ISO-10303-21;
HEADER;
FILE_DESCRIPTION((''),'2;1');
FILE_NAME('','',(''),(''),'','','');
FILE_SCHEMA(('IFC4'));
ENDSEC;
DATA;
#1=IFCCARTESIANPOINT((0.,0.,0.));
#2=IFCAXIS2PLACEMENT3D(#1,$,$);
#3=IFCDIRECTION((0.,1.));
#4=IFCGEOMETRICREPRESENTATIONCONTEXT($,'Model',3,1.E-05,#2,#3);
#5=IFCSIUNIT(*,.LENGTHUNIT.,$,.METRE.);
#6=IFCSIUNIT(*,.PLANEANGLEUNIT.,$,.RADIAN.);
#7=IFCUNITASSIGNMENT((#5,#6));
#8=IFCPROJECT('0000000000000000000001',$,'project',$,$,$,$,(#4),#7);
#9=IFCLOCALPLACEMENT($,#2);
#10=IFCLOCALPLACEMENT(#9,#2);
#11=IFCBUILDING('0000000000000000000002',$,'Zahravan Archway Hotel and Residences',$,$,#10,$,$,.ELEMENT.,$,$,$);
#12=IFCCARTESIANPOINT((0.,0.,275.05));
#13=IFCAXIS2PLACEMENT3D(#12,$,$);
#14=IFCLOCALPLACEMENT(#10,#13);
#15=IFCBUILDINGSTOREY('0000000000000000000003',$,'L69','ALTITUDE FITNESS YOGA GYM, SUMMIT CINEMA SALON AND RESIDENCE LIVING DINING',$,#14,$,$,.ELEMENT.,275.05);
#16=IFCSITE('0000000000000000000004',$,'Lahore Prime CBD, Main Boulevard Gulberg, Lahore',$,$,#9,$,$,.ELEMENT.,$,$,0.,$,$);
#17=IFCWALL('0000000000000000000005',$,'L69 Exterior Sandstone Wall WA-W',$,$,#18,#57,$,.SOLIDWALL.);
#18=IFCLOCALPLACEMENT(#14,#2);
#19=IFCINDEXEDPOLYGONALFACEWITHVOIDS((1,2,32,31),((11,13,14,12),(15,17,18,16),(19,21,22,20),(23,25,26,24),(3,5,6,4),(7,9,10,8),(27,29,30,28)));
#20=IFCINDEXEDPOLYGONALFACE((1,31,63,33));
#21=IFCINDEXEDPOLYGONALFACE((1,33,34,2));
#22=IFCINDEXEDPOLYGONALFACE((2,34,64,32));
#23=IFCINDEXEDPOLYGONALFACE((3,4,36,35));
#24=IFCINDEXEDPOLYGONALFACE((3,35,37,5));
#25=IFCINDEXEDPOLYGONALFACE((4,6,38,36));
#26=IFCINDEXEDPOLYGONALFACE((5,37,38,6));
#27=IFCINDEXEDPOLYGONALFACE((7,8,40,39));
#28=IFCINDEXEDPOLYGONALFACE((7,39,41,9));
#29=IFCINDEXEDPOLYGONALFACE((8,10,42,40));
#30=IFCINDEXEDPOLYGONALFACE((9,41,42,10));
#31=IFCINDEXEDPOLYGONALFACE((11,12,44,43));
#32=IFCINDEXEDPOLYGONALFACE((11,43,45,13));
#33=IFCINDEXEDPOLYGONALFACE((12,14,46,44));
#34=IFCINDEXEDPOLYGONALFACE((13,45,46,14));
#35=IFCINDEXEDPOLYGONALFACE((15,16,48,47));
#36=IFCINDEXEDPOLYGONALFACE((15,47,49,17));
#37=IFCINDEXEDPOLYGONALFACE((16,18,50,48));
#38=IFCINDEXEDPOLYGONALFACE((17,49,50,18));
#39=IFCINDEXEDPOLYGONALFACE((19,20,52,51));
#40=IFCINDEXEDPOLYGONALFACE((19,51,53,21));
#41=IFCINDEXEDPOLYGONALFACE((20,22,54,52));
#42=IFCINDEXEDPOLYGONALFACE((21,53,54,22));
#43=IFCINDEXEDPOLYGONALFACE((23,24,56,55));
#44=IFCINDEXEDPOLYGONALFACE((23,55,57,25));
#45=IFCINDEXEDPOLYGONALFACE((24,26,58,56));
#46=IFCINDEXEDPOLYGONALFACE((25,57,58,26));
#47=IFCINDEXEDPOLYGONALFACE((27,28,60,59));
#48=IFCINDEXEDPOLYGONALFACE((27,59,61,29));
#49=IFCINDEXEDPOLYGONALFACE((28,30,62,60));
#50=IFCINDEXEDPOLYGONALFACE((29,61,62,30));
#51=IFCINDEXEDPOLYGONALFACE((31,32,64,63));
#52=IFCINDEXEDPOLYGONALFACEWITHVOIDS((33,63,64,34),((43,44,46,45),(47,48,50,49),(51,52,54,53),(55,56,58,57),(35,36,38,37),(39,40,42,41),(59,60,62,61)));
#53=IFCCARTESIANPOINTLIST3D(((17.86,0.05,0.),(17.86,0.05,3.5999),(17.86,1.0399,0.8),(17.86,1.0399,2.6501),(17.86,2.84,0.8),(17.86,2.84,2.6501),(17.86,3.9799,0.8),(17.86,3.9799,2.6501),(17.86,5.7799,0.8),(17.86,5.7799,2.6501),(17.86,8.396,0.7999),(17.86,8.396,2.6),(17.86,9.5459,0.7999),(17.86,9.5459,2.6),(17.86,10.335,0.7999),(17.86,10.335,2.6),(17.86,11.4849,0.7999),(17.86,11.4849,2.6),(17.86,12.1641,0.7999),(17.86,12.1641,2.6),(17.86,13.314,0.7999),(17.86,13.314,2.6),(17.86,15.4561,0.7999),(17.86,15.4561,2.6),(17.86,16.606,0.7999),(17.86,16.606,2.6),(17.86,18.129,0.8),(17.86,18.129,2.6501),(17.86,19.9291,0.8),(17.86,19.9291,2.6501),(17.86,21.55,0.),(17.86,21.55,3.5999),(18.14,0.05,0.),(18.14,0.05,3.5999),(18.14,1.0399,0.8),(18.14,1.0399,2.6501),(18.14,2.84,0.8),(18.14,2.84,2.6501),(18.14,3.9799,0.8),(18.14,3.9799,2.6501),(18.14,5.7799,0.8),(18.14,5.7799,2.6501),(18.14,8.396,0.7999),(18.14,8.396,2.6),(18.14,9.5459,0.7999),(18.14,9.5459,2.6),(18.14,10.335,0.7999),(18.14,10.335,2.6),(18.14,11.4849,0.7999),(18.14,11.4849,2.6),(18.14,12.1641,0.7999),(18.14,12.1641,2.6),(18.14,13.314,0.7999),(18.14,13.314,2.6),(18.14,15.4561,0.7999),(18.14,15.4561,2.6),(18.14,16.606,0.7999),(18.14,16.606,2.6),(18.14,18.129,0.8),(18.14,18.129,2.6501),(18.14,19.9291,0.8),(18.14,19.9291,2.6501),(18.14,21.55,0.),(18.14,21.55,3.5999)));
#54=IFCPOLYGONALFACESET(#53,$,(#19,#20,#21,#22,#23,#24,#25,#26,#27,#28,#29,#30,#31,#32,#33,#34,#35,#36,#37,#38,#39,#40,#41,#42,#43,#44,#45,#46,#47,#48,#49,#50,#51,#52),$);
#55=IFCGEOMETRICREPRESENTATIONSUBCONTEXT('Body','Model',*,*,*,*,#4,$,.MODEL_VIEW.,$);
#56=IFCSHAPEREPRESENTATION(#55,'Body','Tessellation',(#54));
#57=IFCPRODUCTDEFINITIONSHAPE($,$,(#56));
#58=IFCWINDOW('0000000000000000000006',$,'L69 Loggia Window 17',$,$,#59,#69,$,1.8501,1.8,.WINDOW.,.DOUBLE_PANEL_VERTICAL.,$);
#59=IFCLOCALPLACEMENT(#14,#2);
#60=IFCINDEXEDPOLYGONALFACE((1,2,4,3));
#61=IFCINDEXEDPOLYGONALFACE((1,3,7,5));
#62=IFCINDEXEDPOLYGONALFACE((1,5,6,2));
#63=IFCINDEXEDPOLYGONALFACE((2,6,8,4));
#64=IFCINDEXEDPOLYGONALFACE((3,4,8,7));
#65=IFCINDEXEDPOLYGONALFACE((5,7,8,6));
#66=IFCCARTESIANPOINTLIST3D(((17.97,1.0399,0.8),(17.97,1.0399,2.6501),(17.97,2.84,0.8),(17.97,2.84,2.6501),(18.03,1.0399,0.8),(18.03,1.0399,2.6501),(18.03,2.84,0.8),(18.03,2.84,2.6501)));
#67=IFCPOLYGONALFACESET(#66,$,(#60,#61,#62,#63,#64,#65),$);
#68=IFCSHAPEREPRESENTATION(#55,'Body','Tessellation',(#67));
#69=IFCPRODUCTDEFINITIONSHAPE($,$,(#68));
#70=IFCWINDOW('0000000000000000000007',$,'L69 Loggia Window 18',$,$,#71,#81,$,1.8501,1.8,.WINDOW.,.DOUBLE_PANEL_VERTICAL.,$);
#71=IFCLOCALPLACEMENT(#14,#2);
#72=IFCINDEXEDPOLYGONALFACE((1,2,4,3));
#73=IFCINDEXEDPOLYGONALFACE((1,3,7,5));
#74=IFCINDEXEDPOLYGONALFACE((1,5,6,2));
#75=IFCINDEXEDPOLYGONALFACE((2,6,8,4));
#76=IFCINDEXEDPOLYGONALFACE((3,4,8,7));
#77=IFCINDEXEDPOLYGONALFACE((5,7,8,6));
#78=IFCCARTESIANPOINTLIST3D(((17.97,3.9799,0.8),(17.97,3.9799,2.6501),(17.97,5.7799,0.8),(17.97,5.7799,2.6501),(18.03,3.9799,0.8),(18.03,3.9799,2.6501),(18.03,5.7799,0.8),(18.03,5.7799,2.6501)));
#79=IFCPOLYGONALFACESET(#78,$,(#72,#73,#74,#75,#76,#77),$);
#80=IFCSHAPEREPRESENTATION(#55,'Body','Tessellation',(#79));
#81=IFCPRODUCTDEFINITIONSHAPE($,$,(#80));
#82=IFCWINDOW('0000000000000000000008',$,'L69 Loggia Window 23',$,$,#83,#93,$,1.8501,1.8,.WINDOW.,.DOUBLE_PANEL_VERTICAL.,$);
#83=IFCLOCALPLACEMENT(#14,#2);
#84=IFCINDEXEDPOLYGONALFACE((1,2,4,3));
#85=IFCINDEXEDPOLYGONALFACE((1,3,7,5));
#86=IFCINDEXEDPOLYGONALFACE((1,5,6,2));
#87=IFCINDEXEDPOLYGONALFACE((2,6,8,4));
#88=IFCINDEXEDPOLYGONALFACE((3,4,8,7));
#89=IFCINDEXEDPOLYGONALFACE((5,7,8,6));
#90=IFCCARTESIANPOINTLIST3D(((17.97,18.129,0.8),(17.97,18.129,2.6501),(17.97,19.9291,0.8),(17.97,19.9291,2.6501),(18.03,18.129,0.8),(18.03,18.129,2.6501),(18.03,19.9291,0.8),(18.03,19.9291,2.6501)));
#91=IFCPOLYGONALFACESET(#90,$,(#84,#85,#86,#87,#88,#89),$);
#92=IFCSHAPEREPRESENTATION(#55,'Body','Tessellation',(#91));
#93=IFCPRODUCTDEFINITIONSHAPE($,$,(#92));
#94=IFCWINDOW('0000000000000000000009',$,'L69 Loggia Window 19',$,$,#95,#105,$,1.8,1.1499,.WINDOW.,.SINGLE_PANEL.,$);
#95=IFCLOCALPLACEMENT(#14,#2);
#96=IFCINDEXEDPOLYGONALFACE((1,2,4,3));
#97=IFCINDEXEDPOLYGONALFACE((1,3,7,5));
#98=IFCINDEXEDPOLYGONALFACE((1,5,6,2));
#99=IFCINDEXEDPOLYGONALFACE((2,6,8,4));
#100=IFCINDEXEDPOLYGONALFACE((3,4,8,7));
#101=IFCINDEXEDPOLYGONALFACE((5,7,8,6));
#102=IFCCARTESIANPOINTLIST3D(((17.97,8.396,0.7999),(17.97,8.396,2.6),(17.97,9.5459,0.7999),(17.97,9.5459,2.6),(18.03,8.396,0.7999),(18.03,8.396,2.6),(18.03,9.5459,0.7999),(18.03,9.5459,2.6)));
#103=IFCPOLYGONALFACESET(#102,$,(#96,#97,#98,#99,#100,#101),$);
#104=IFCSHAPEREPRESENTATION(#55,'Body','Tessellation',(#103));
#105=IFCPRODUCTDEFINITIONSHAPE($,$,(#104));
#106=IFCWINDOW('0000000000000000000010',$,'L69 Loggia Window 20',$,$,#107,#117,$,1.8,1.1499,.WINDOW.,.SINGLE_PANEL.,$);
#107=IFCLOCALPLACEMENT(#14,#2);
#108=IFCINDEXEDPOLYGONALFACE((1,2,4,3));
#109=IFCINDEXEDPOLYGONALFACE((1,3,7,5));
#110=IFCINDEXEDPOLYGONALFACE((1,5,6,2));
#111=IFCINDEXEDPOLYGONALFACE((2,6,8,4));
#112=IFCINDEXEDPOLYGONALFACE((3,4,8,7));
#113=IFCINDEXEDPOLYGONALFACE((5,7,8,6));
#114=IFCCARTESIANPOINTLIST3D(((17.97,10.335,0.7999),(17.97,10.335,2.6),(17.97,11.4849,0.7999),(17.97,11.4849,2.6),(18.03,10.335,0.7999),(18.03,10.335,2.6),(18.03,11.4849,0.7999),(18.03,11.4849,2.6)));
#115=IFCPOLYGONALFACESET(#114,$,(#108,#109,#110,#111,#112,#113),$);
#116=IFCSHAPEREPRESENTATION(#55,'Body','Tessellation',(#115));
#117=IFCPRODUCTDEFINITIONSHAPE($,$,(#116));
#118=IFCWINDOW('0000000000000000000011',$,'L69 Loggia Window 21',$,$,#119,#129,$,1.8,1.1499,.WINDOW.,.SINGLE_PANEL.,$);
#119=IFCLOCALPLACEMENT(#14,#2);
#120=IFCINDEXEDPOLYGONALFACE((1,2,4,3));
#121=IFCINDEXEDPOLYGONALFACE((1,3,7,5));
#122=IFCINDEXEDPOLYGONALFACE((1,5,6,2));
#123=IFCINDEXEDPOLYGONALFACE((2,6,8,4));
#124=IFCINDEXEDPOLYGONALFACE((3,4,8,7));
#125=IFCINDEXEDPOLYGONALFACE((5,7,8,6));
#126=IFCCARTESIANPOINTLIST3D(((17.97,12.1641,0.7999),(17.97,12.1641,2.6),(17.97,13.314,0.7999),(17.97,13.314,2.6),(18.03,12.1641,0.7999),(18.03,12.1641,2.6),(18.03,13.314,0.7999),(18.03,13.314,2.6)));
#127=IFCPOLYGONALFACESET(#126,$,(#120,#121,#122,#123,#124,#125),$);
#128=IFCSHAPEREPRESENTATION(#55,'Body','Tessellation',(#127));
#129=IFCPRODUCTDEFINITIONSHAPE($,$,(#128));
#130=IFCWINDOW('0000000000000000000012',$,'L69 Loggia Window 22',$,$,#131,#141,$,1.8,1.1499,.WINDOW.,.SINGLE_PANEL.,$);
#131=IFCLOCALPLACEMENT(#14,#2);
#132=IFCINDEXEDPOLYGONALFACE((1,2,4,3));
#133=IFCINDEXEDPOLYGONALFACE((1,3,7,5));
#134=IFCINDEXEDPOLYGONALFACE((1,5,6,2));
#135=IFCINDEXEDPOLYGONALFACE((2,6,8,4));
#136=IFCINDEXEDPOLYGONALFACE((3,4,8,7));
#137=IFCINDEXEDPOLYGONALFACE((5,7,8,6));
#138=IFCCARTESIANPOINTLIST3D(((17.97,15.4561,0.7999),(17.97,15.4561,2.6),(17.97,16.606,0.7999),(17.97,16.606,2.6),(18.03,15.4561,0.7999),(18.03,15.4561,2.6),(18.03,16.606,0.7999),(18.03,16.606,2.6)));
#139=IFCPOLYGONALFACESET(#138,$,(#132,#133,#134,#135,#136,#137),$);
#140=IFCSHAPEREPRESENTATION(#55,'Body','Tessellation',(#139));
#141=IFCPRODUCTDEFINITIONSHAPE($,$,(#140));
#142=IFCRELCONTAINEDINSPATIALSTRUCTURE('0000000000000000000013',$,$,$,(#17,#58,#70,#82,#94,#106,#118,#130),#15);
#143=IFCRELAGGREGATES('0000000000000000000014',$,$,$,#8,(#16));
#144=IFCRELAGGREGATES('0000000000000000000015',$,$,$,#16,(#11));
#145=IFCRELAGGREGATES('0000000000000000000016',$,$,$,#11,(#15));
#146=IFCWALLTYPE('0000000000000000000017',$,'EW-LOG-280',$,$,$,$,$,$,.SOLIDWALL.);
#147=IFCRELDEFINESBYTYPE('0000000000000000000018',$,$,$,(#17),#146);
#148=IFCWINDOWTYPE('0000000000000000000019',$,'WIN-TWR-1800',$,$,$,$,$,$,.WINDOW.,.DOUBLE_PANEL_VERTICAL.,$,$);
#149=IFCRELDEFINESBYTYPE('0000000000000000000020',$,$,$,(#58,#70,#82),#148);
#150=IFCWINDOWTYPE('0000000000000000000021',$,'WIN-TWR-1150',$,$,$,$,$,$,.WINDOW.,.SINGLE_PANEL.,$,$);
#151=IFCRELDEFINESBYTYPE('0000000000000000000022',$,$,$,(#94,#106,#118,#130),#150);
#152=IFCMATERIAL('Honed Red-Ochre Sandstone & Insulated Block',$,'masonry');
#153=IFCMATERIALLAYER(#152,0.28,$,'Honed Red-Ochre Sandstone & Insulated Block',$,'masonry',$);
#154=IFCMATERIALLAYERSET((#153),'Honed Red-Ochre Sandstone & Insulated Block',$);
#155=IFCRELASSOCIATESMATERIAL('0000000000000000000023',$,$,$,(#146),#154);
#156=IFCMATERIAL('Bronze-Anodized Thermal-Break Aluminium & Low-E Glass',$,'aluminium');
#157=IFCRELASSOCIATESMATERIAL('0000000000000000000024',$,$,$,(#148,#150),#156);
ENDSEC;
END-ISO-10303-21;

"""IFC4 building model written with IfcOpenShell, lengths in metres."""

from ifc_helpers import new_model, si_unit, direction, frame, frame_2d, origin, place, context, subcontext, project, spatial, rectangle, extrude, source, transform, mapped, material, layer, layer_set, type_object, type_shapes, element, fill, save


model = new_model("IFC4")

# Units and contexts
model_context = context("Model", 3, precision=1e-05, world=origin(), true_north=direction((0.0, 1.0)))
body_context = subcontext(model_context, "Body", "Model", "MODEL_VIEW")
ifc_project = project(units=[si_unit("LENGTHUNIT", "METRE"), si_unit("PLANEANGLEUNIT", "RADIAN")], contexts=[model_context])

# Site, building, storey
site_placement = place(None, origin())
site = spatial("IfcSite", under=ifc_project, at=site_placement, Name="Lahore Prime CBD, Main Boulevard Gulberg, Lahore", CompositionType="ELEMENT", RefElevation=0.0)
building_placement = place(site_placement, origin())
building = spatial("IfcBuilding", under=site, at=building_placement, Name="Zahravan Archway Hotel and Residences", CompositionType="ELEMENT")
storey_placement = place(building_placement, frame((0.0, 0.0, 275.05)))
storey = spatial("IfcBuildingStorey", under=building, at=storey_placement, Name="L69", Description="ALTITUDE FITNESS YOGA GYM, SUMMIT CINEMA SALON AND RESIDENCE LIVING DINING", CompositionType="ELEMENT", Elevation=275.05)

# Shared definitions
ifc_material_1 = material(Name="Honed Red-Ochre Sandstone & Insulated Block", Category="masonry")
ifc_layer = layer(ifc_material_1, 0.28, Name="Honed Red-Ochre Sandstone & Insulated Block", Category="masonry")
ifc_layer_set = layer_set([ifc_layer], Name="Honed Red-Ochre Sandstone & Insulated Block")
wall_type = type_object("IfcWallType", Name="EW-LOG-280", PredefinedType="SOLIDWALL", material=ifc_layer_set)
ifc_material_2 = material(Name="Bronze-Anodized Thermal-Break Aluminium & Low-E Glass", Category="aluminium")
window_type_1 = type_object("IfcWindowType", Name="WIN-TWR-1800", PartitioningType="DOUBLE_PANEL_VERTICAL", PredefinedType="WINDOW", material=ifc_material_2)
shared_shape_1 = source(origin(), body_context, "Body", "SweptSolid", [
    extrude(rectangle(XDim=1.8, YDim=1.8501, at=frame_2d((0.8999, 0.925))), frame((0.0, 0.03, 0.0), z_axis=(0.0, -1.0, 0.0), x_axis=(1.0, 0.0, 0.0)), (0.0, 0.0, 1.0), 0.0601),
])
type_shapes(window_type_1, [shared_shape_1])

# Wall, openings, windows
wall_1_placement = place(storey_placement, frame((18.0, 0.05, 0.0), z_axis=(0.0, 0.0, 1.0), x_axis=(0.0, 1.0, 0.0)))
wall_1 = element("IfcWall", 1, at=wall_1_placement, inside=storey, type_object=wall_type, Name="L69 Exterior Sandstone Wall WA-W", PredefinedType="SOLIDWALL", context=body_context, shape_type="SweptSolid", body=[
    extrude(rectangle(XDim=21.5, YDim=0.28, at=frame_2d((10.75, 0.0))), origin(), (0.0, 0.0, 1.0), 3.5999),
])
opening_1_placement = place(wall_1_placement, frame((0.99, 0.0, 0.8)))
opening_1 = element("IfcOpeningElement", 2, at=opening_1_placement, cuts=wall_1, PredefinedType="OPENING", context=body_context, shape_type="SweptSolid", body=[
    extrude(rectangle(XDim=1.8, YDim=1.8501, at=frame_2d((0.8999, 0.925))), frame((0.0, 0.1499, 0.0), z_axis=(0.0, -1.0, 0.0), x_axis=(1.0, 0.0, 0.0)), (0.0, 0.0, 1.0), 0.3),
])
opening_2_placement = place(wall_1_placement, frame((3.9299, 0.0, 0.8)))
opening_2 = element("IfcOpeningElement", 3, at=opening_2_placement, cuts=wall_1, PredefinedType="OPENING", context=body_context, shape_type="SweptSolid", body=[
    extrude(rectangle(XDim=1.8, YDim=1.8501, at=frame_2d((0.8999, 0.925))), frame((0.0, 0.1499, 0.0), z_axis=(0.0, -1.0, 0.0), x_axis=(1.0, 0.0, 0.0)), (0.0, 0.0, 1.0), 0.3),
])
opening_3_placement = place(wall_1_placement, frame((8.3459, 0.0, 0.8)))
opening_3 = element("IfcOpeningElement", 4, at=opening_3_placement, cuts=wall_1, PredefinedType="OPENING", context=body_context, shape_type="SweptSolid", body=[
    extrude(rectangle(XDim=1.1499, YDim=1.8, at=frame_2d((0.575, 0.8999))), frame((0.0, 0.1499, 0.0), z_axis=(0.0, -1.0, 0.0), x_axis=(1.0, 0.0, 0.0)), (0.0, 0.0, 1.0), 0.3),
])
opening_4_placement = place(wall_1_placement, frame((10.2849, 0.0, 0.8)))
opening_4 = element("IfcOpeningElement", 5, at=opening_4_placement, cuts=wall_1, PredefinedType="OPENING", context=body_context, shape_type="SweptSolid", body=[
    extrude(rectangle(XDim=1.1499, YDim=1.8, at=frame_2d((0.575, 0.8999))), frame((0.0, 0.1499, 0.0), z_axis=(0.0, -1.0, 0.0), x_axis=(1.0, 0.0, 0.0)), (0.0, 0.0, 1.0), 0.3),
])
opening_5_placement = place(wall_1_placement, frame((12.114, 0.0, 0.8)))
opening_5 = element("IfcOpeningElement", 6, at=opening_5_placement, cuts=wall_1, PredefinedType="OPENING", context=body_context, shape_type="SweptSolid", body=[
    extrude(rectangle(XDim=1.1499, YDim=1.8, at=frame_2d((0.575, 0.8999))), frame((0.0, 0.1499, 0.0), z_axis=(0.0, -1.0, 0.0), x_axis=(1.0, 0.0, 0.0)), (0.0, 0.0, 1.0), 0.3),
])
opening_6_placement = place(wall_1_placement, frame((15.406, 0.0, 0.8)))
opening_6 = element("IfcOpeningElement", 7, at=opening_6_placement, cuts=wall_1, PredefinedType="OPENING", context=body_context, shape_type="SweptSolid", body=[
    extrude(rectangle(XDim=1.1499, YDim=1.8, at=frame_2d((0.575, 0.8999))), frame((0.0, 0.1499, 0.0), z_axis=(0.0, -1.0, 0.0), x_axis=(1.0, 0.0, 0.0)), (0.0, 0.0, 1.0), 0.3),
])
opening_7_placement = place(wall_1_placement, frame((18.0791, 0.0, 0.8)))
opening_7 = element("IfcOpeningElement", 8, at=opening_7_placement, cuts=wall_1, PredefinedType="OPENING", context=body_context, shape_type="SweptSolid", body=[
    extrude(rectangle(XDim=1.8, YDim=1.8501, at=frame_2d((0.8999, 0.925))), frame((0.0, 0.1499, 0.0), z_axis=(0.0, -1.0, 0.0), x_axis=(1.0, 0.0, 0.0)), (0.0, 0.0, 1.0), 0.3),
])
window_1_placement = place(opening_1_placement, origin())
window_1 = element("IfcWindow", 9, at=window_1_placement, inside=storey, type_object=window_type_1, Name="L69 Loggia Window 17", OverallHeight=1.8501, OverallWidth=1.8, PartitioningType="DOUBLE_PANEL_VERTICAL", PredefinedType="WINDOW", context=body_context, shape_type="MappedRepresentation", body=[
    mapped(shared_shape_1, transform((0.0, 0.0, 0.0), scale=1.0)),
])
fill(opening_1, window_1)
window_2_placement = place(opening_2_placement, origin())
window_2 = element("IfcWindow", 10, at=window_2_placement, inside=storey, type_object=window_type_1, Name="L69 Loggia Window 18", OverallHeight=1.8501, OverallWidth=1.8, PartitioningType="DOUBLE_PANEL_VERTICAL", PredefinedType="WINDOW", context=body_context, shape_type="MappedRepresentation", body=[
    mapped(shared_shape_1, transform((0.0, 0.0, 0.0), scale=1.0)),
])
fill(opening_2, window_2)
window_3_placement = place(opening_7_placement, origin())
window_3 = element("IfcWindow", 11, at=window_3_placement, inside=storey, type_object=window_type_1, Name="L69 Loggia Window 23", OverallHeight=1.8501, OverallWidth=1.8, PartitioningType="DOUBLE_PANEL_VERTICAL", PredefinedType="WINDOW", context=body_context, shape_type="MappedRepresentation", body=[
    mapped(shared_shape_1, transform((0.0, 0.0, 0.0), scale=1.0)),
])
fill(opening_7, window_3)
window_type_2 = type_object("IfcWindowType", Name="WIN-TWR-1150", PartitioningType="SINGLE_PANEL", PredefinedType="WINDOW", material=ifc_material_2)
shared_shape_2 = source(origin(), body_context, "Body", "SweptSolid", [
    extrude(rectangle(XDim=1.1499, YDim=1.8, at=frame_2d((0.575, 0.8999))), frame((0.0, 0.03, 0.0), z_axis=(0.0, -1.0, 0.0), x_axis=(1.0, 0.0, 0.0)), (0.0, 0.0, 1.0), 0.0601),
])
type_shapes(window_type_2, [shared_shape_2])
window_4_placement = place(opening_3_placement, origin())
window_4 = element("IfcWindow", 12, at=window_4_placement, inside=storey, type_object=window_type_2, Name="L69 Loggia Window 19", OverallHeight=1.8, OverallWidth=1.1499, PartitioningType="SINGLE_PANEL", PredefinedType="WINDOW", context=body_context, shape_type="MappedRepresentation", body=[
    mapped(shared_shape_2, transform((0.0, 0.0, 0.0), scale=1.0)),
])
fill(opening_3, window_4)
window_5_placement = place(opening_4_placement, origin())
window_5 = element("IfcWindow", 13, at=window_5_placement, inside=storey, type_object=window_type_2, Name="L69 Loggia Window 20", OverallHeight=1.8, OverallWidth=1.1499, PartitioningType="SINGLE_PANEL", PredefinedType="WINDOW", context=body_context, shape_type="MappedRepresentation", body=[
    mapped(shared_shape_2, transform((0.0, 0.0, 0.0), scale=1.0)),
])
fill(opening_4, window_5)
window_6_placement = place(opening_5_placement, origin())
window_6 = element("IfcWindow", 14, at=window_6_placement, inside=storey, type_object=window_type_2, Name="L69 Loggia Window 21", OverallHeight=1.8, OverallWidth=1.1499, PartitioningType="SINGLE_PANEL", PredefinedType="WINDOW", context=body_context, shape_type="MappedRepresentation", body=[
    mapped(shared_shape_2, transform((0.0, 0.0, 0.0), scale=1.0)),
])
fill(opening_5, window_6)
window_7_placement = place(opening_6_placement, origin())
window_7 = element("IfcWindow", 15, at=window_7_placement, inside=storey, type_object=window_type_2, Name="L69 Loggia Window 22", OverallHeight=1.8, OverallWidth=1.1499, PartitioningType="SINGLE_PANEL", PredefinedType="WINDOW", context=body_context, shape_type="MappedRepresentation", body=[
    mapped(shared_shape_2, transform((0.0, 0.0, 0.0), scale=1.0)),
])
fill(opening_6, window_7)

save(model, "model.ifc")
